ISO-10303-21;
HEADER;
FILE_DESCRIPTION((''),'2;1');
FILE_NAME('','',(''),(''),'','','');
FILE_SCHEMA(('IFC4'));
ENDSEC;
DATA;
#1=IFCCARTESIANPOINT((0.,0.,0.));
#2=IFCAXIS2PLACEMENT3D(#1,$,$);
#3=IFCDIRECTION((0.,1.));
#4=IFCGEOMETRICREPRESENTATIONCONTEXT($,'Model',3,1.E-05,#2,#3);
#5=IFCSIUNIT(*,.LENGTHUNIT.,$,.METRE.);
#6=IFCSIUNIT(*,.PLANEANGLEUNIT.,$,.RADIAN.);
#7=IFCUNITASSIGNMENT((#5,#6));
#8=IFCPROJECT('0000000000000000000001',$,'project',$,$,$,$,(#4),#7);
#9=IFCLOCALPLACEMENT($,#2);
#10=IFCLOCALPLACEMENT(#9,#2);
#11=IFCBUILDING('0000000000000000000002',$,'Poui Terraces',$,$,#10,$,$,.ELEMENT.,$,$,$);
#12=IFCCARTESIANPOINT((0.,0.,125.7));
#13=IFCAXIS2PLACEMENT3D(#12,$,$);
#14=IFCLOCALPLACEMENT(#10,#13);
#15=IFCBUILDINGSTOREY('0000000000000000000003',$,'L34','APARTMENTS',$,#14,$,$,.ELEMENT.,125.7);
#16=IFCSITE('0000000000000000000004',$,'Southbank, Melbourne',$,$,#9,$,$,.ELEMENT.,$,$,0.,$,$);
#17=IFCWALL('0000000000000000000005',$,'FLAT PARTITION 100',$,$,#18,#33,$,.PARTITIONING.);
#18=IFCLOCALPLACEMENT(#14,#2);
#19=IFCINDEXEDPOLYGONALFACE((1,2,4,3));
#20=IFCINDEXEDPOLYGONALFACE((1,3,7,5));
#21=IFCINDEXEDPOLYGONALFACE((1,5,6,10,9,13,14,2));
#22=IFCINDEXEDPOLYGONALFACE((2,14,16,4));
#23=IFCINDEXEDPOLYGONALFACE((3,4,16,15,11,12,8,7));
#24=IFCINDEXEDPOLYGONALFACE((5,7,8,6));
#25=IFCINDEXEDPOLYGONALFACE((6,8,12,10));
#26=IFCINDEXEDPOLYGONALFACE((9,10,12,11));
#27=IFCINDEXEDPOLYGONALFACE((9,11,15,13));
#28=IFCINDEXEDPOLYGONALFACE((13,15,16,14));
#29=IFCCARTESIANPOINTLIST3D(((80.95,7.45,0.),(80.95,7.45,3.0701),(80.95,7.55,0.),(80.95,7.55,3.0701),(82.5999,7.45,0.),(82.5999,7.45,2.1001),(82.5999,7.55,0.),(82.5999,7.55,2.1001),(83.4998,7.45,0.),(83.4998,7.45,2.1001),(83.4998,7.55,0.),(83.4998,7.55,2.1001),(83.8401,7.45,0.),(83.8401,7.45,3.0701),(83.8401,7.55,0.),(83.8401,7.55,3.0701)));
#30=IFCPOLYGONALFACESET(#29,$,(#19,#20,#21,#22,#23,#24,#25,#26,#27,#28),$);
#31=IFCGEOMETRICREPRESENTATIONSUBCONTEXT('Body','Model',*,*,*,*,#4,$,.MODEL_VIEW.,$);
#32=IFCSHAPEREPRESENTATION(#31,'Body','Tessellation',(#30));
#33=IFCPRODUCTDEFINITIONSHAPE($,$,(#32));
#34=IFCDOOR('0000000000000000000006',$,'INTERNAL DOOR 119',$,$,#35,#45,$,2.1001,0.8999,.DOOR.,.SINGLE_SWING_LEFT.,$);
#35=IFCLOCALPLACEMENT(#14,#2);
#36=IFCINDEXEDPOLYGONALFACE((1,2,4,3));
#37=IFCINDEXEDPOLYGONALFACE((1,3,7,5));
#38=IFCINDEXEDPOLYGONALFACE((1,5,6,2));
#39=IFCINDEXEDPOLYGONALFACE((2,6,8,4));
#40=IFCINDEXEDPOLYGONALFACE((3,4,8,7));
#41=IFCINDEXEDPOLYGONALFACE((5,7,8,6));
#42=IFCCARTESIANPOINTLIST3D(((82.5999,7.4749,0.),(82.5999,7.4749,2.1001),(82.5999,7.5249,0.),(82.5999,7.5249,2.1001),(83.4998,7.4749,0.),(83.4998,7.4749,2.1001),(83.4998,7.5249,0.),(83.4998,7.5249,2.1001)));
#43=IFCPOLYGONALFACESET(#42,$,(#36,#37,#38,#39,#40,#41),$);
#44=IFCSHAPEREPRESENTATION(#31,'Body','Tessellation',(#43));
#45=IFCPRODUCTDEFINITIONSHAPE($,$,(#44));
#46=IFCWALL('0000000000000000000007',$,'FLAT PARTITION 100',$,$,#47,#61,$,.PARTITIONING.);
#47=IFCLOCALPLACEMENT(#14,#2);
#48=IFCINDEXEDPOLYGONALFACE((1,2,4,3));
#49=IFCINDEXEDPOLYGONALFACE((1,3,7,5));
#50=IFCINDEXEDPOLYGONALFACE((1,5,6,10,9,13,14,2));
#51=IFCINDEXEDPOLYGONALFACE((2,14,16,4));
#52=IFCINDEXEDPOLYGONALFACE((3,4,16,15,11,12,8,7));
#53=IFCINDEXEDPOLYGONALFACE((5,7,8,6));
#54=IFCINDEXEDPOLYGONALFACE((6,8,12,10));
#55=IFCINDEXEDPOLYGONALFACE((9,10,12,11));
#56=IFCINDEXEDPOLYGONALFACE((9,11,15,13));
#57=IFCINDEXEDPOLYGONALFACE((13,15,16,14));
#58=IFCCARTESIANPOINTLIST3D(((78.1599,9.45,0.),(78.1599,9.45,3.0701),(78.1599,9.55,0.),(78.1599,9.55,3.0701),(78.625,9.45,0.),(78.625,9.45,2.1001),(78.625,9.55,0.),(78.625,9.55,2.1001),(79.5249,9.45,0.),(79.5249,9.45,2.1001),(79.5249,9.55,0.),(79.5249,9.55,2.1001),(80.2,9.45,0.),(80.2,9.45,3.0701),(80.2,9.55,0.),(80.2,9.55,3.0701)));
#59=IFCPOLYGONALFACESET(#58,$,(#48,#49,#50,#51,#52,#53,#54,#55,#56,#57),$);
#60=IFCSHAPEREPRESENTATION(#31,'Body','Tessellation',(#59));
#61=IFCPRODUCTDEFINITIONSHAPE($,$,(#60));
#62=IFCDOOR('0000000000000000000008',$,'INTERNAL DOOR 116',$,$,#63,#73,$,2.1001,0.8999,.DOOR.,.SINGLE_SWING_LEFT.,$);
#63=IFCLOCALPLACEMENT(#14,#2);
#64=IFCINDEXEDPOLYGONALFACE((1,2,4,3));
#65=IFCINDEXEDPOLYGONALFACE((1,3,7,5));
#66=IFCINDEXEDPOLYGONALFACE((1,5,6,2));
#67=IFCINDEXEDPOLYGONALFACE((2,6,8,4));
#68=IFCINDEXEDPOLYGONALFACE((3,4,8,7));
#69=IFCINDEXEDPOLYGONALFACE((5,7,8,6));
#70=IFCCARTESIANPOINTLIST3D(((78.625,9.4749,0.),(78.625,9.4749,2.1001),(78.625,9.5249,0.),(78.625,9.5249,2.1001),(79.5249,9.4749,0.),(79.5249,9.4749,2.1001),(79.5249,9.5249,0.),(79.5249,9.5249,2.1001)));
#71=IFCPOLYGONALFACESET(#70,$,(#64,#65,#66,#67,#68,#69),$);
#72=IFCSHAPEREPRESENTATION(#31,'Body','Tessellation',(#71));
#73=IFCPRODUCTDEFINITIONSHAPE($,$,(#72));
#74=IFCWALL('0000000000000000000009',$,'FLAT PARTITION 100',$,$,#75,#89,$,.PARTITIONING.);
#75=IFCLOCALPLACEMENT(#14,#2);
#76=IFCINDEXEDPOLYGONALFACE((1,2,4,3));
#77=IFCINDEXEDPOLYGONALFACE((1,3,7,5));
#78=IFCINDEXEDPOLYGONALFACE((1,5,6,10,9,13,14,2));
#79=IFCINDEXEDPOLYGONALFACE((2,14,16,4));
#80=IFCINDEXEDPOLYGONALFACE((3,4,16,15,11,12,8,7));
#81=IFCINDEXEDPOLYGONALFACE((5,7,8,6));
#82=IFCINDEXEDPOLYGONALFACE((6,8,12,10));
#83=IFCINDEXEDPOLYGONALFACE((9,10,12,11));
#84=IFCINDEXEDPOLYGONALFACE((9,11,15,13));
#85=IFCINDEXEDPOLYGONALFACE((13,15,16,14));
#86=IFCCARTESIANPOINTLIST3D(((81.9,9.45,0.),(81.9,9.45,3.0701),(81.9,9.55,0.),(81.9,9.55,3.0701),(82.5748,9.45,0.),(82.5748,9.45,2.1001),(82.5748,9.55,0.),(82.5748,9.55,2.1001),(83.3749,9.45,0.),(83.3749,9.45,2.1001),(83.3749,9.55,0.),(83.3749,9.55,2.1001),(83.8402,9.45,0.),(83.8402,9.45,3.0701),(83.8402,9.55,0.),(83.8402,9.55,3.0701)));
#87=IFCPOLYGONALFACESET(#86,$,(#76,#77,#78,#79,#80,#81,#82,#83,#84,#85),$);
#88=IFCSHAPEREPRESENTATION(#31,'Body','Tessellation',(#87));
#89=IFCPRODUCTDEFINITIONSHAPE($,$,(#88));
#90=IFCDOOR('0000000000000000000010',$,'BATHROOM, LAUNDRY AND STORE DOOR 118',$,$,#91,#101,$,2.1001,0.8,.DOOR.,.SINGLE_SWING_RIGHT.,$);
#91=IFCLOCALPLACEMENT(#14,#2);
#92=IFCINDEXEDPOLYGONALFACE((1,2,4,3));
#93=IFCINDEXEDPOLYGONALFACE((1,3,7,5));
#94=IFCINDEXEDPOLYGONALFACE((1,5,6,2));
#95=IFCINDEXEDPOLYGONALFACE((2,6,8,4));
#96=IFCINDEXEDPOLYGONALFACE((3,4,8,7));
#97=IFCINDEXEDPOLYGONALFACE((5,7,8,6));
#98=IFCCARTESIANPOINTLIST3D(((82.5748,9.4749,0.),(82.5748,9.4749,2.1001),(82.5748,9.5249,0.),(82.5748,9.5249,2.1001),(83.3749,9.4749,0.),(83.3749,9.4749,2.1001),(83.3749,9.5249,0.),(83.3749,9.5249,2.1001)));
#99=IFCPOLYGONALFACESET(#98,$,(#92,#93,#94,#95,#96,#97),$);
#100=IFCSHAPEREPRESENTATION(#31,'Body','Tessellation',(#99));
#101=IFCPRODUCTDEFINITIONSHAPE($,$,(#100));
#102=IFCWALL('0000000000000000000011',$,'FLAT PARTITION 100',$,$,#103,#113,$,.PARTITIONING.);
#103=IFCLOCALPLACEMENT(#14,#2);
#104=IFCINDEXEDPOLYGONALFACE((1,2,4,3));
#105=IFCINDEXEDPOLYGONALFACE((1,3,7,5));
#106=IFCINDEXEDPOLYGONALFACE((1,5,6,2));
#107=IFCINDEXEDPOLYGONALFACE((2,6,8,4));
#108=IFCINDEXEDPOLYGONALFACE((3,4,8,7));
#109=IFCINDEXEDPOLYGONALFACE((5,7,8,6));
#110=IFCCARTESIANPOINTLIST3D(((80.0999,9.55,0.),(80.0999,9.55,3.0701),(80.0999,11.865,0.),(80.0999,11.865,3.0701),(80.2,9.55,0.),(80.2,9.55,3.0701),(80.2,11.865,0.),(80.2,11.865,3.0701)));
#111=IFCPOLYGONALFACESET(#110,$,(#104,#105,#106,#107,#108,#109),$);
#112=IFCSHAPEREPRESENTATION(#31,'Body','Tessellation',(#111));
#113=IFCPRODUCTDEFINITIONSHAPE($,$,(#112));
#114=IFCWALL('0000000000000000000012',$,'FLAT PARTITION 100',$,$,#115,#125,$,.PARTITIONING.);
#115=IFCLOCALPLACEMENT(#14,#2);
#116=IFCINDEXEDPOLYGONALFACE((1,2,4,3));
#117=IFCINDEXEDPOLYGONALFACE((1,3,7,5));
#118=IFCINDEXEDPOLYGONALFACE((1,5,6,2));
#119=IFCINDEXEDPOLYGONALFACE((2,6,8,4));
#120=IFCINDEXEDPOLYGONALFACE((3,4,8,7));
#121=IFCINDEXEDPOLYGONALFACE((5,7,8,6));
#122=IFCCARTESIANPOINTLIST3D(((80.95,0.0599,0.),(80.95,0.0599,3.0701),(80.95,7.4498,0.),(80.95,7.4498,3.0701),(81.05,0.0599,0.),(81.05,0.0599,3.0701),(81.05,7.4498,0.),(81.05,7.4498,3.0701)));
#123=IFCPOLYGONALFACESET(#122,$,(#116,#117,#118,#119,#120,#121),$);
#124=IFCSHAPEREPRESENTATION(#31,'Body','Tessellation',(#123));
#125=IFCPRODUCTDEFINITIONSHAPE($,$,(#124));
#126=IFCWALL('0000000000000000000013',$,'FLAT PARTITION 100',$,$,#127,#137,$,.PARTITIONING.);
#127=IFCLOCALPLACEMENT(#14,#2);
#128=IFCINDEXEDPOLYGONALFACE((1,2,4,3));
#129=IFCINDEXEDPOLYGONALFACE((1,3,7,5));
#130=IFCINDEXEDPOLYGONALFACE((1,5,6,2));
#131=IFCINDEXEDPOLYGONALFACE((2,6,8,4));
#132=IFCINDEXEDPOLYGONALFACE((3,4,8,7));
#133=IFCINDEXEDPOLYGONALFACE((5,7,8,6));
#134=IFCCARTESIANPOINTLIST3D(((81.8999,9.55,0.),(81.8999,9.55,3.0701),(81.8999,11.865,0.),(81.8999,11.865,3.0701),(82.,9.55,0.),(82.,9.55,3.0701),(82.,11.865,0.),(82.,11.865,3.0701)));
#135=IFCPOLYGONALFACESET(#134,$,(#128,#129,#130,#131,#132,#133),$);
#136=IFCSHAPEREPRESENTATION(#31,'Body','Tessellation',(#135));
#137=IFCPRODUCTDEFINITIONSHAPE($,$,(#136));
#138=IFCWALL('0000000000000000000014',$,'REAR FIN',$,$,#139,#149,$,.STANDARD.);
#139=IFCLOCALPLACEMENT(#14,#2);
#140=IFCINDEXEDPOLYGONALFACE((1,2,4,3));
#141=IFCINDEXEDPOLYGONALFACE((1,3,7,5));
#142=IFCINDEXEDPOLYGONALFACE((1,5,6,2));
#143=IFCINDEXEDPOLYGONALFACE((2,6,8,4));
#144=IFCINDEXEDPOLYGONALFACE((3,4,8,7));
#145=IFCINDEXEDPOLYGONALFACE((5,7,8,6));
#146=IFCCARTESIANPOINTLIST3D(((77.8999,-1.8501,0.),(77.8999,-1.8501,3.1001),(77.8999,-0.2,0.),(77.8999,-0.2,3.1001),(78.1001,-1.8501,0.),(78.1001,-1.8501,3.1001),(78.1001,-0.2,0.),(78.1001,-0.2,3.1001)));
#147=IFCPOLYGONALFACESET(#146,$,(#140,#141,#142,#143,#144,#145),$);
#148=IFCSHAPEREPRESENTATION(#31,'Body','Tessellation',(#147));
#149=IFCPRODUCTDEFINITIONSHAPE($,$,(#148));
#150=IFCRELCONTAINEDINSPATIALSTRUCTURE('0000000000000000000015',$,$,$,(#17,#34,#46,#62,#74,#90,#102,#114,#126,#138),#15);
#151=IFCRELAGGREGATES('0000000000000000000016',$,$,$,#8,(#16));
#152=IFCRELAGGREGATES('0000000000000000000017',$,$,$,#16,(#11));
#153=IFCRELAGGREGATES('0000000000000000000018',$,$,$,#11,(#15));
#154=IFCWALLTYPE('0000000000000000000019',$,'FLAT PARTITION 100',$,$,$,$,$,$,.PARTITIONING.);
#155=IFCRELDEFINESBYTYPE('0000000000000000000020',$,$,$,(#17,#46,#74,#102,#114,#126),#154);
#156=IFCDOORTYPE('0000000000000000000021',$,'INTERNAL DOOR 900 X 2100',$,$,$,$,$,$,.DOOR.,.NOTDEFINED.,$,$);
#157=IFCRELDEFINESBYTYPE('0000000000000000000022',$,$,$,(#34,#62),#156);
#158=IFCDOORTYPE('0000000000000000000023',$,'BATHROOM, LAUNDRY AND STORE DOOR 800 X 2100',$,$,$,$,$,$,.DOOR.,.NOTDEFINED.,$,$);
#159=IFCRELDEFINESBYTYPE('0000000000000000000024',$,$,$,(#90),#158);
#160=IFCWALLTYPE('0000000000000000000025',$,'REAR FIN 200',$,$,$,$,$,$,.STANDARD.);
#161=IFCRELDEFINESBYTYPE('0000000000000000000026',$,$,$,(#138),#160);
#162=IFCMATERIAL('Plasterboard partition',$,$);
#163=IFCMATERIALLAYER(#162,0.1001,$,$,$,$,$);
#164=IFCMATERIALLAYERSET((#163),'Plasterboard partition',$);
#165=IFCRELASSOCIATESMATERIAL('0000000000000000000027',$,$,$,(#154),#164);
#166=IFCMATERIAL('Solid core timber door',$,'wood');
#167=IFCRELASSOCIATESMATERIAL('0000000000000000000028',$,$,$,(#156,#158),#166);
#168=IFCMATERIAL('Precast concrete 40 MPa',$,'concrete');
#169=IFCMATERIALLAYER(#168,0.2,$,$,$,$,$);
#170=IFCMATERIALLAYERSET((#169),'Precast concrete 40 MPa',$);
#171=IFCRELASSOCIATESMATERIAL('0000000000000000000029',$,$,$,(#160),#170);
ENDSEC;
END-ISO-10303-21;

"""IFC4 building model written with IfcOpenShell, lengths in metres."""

from ifc_helpers import new_model, si_unit, direction, frame, frame_2d, origin, place, context, subcontext, project, spatial, polyline, rectangle, outline, extrude, source, transform, mapped, material, layer, layer_set, type_object, element, fill, save


model = new_model("IFC4")

# Units and contexts
model_context = context("Model", 3, precision=1e-05, world=origin(), true_north=direction((0.0, 1.0)))
body_context = subcontext(model_context, "Body", "Model", "MODEL_VIEW")
ifc_project = project(units=[si_unit("LENGTHUNIT", "METRE"), si_unit("PLANEANGLEUNIT", "RADIAN")], contexts=[model_context])

# Site, building, storey
site_placement = place(None, origin())
site = spatial("IfcSite", under=ifc_project, at=site_placement, Name="Southbank, Melbourne", CompositionType="ELEMENT", RefElevation=0.0)
building_placement = place(site_placement, origin())
building = spatial("IfcBuilding", under=site, at=building_placement, Name="Poui Terraces", CompositionType="ELEMENT")
storey_placement = place(building_placement, frame((0.0, 0.0, 125.7)))
storey = spatial("IfcBuildingStorey", under=building, at=storey_placement, Name="L34", Description="APARTMENTS", CompositionType="ELEMENT", Elevation=125.7)

# Walls, openings, doors
ifc_material_1 = material(Name="Plasterboard partition")
ifc_layer_1 = layer(ifc_material_1, 0.1001)
ifc_layer_set_1 = layer_set([ifc_layer_1], Name="Plasterboard partition")
wall_type_1 = type_object("IfcWallType", Name="FLAT PARTITION 100", PredefinedType="PARTITIONING", material=ifc_layer_set_1)
wall_1_placement = place(storey_placement, frame((80.95, 7.5, 0.0), z_axis=(0.0, 0.0, 1.0), x_axis=(1.0, 0.0, 0.0)))
wall_1 = element("IfcWall", 1, at=wall_1_placement, inside=storey, type_object=wall_type_1, Name="FLAT PARTITION 100", PredefinedType="PARTITIONING", context=body_context, shape_type="SweptSolid", body=[
    extrude(rectangle(XDim=2.8901, YDim=0.1001, at=frame_2d((1.4451, 0.0))), origin(), (0.0, 0.0, 1.0), 3.0701),
])
opening_1_placement = place(wall_1_placement, frame((1.6499, 0.0, 0.0)))
opening_1 = element("IfcOpeningElement", 2, at=opening_1_placement, cuts=wall_1, PredefinedType="OPENING", context=body_context, shape_type="SweptSolid", body=[
    extrude(rectangle(XDim=0.8999, YDim=2.1001, at=frame_2d((0.45, 1.05))), frame((0.0, 0.0601, 0.0), z_axis=(0.0, -1.0, 0.0), x_axis=(1.0, 0.0, 0.0)), (0.0, 0.0, 1.0), 0.1201),
])
ifc_material_2 = material(Name="Solid core timber door", Category="wood")
door_type_1 = type_object("IfcDoorType", Name="INTERNAL DOOR 900 X 2100", OperationType="NOTDEFINED", PredefinedType="DOOR", material=ifc_material_2)
door_1_placement = place(opening_1_placement, origin())
door_1 = element("IfcDoor", 3, at=door_1_placement, inside=storey, type_object=door_type_1, Name="INTERNAL DOOR 119", OperationType="SINGLE_SWING_LEFT", OverallHeight=2.1001, OverallWidth=0.8999, PredefinedType="DOOR", context=body_context, shape_type="SweptSolid", body=[
    extrude(rectangle(XDim=0.8999, YDim=2.1001, at=frame_2d((0.45, 1.05))), frame((0.0, 0.0249, 0.0), z_axis=(0.0, -1.0, 0.0), x_axis=(1.0, 0.0, 0.0)), (0.0, 0.0, 1.0), 0.05),
])
fill(opening_1, door_1)
wall_2_placement = place(storey_placement, frame((78.1599, 9.5, 0.0), z_axis=(0.0, 0.0, 1.0), x_axis=(1.0, 0.0, 0.0)))
wall_2 = element("IfcWall", 4, at=wall_2_placement, inside=storey, type_object=wall_type_1, Name="FLAT PARTITION 100", PredefinedType="PARTITIONING", context=body_context, shape_type="SweptSolid", body=[
    extrude(rectangle(XDim=2.04, YDim=0.1001, at=frame_2d((1.02, 0.0))), origin(), (0.0, 0.0, 1.0), 3.0701),
])
opening_2_placement = place(wall_2_placement, frame((0.4651, 0.0, 0.0)))
opening_2 = element("IfcOpeningElement", 5, at=opening_2_placement, cuts=wall_2, PredefinedType="OPENING", context=body_context, shape_type="SweptSolid", body=[
    extrude(rectangle(XDim=0.8999, YDim=2.1001, at=frame_2d((0.45, 1.05))), frame((0.0, 0.0601, 0.0), z_axis=(0.0, -1.0, 0.0), x_axis=(1.0, 0.0, 0.0)), (0.0, 0.0, 1.0), 0.1201),
])
door_2_placement = place(opening_2_placement, origin())
door_2 = element("IfcDoor", 6, at=door_2_placement, inside=storey, type_object=door_type_1, Name="INTERNAL DOOR 116", OperationType="SINGLE_SWING_LEFT", OverallHeight=2.1001, OverallWidth=0.8999, PredefinedType="DOOR", context=body_context, shape_type="SweptSolid", body=[
    extrude(rectangle(XDim=0.8999, YDim=2.1001, at=frame_2d((0.45, 1.05))), frame((0.0, 0.0249, 0.0), z_axis=(0.0, -1.0, 0.0), x_axis=(1.0, 0.0, 0.0)), (0.0, 0.0, 1.0), 0.05),
])
fill(opening_2, door_2)
wall_3_placement = place(storey_placement, frame((81.8999, 9.5, 0.0), z_axis=(0.0, 0.0, 1.0), x_axis=(1.0, 0.0, 0.0)))
wall_3 = element("IfcWall", 7, at=wall_3_placement, inside=storey, type_object=wall_type_1, Name="FLAT PARTITION 100", PredefinedType="PARTITIONING", context=body_context, shape_type="SweptSolid", body=[
    extrude(rectangle(XDim=1.9402, YDim=0.1001, at=frame_2d((0.9702, 0.0))), origin(), (0.0, 0.0, 1.0), 3.0701),
])
opening_3_placement = place(wall_3_placement, frame((0.675, 0.0, 0.0)))
opening_3 = element("IfcOpeningElement", 8, at=opening_3_placement, cuts=wall_3, PredefinedType="OPENING", context=body_context, shape_type="SweptSolid", body=[
    extrude(rectangle(XDim=0.8, YDim=2.1001, at=frame_2d((0.3999, 1.05))), frame((0.0, 0.0601, 0.0), z_axis=(0.0, -1.0, 0.0), x_axis=(1.0, 0.0, 0.0)), (0.0, 0.0, 1.0), 0.1201),
])
door_type_2 = type_object("IfcDoorType", Name="BATHROOM, LAUNDRY AND STORE DOOR 800 X 2100", OperationType="NOTDEFINED", PredefinedType="DOOR", material=ifc_material_2)
door_3_placement = place(opening_3_placement, origin())
door_3 = element("IfcDoor", 9, at=door_3_placement, inside=storey, type_object=door_type_2, Name="BATHROOM, LAUNDRY AND STORE DOOR 118", OperationType="SINGLE_SWING_RIGHT", OverallHeight=2.1001, OverallWidth=0.8, PredefinedType="DOOR", context=body_context, shape_type="SweptSolid", body=[
    extrude(rectangle(XDim=0.8, YDim=2.1001, at=frame_2d((0.3999, 1.05))), frame((0.0, 0.0249, 0.0), z_axis=(0.0, -1.0, 0.0), x_axis=(1.0, 0.0, 0.0)), (0.0, 0.0, 1.0), 0.05),
])
fill(opening_3, door_3)

# Walls
wall_4_placement = place(storey_placement, frame((80.1499, 9.55, 0.0), z_axis=(0.0, 0.0, 1.0), x_axis=(0.0, 1.0, 0.0)))
element("IfcWall", 10, at=wall_4_placement, inside=storey, type_object=wall_type_1, Name="FLAT PARTITION 100", PredefinedType="PARTITIONING", context=body_context, shape_type="SweptSolid", body=[
    extrude(rectangle(XDim=2.3149, YDim=0.1001, at=frame_2d((1.1575, 0.0))), origin(), (0.0, 0.0, 1.0), 3.0701),
])
wall_5_placement = place(storey_placement, frame((81.0, 0.0601, 0.0), z_axis=(0.0, 0.0, 1.0), x_axis=(0.0, 1.0, 0.0)))
element("IfcWall", 11, at=wall_5_placement, inside=storey, type_object=wall_type_1, Name="FLAT PARTITION 100", PredefinedType="PARTITIONING", context=body_context, shape_type="SweptSolid", body=[
    extrude(rectangle(XDim=7.3899, YDim=0.1001, at=frame_2d((3.6948, 0.0))), origin(), (0.0, 0.0, 1.0), 3.0701),
])
wall_6_placement = place(storey_placement, frame((81.95, 9.55, 0.0), z_axis=(0.0, 0.0, 1.0), x_axis=(0.0, 1.0, 0.0)))
element("IfcWall", 12, at=wall_6_placement, inside=storey, type_object=wall_type_1, Name="FLAT PARTITION 100", PredefinedType="PARTITIONING", context=body_context, shape_type="SweptSolid", body=[
    extrude(rectangle(XDim=2.3149, YDim=0.1001, at=frame_2d((1.1575, 0.0))), origin(), (0.0, 0.0, 1.0), 3.0701),
])
ifc_material_3 = material(Name="Precast concrete 40 MPa", Category="concrete")
ifc_layer_2 = layer(ifc_material_3, 0.2)
ifc_layer_set_2 = layer_set([ifc_layer_2], Name="Precast concrete 40 MPa")
wall_type_2 = type_object("IfcWallType", Name="REAR FIN 200", PredefinedType="STANDARD", material=ifc_layer_set_2)
shared_shape = source(origin(), body_context, "Body", "SweptSolid", [
    extrude(outline(polyline([(0.0, 0.0), (0.2002, 0.0), (0.2002, 1.6501), (0.0, 1.6501), (0.0, 0.0)])), origin(), (0.0, 0.0, 1.0), 3.1001),
])
wall_7_placement = place(storey_placement, frame((77.8999, -1.8501, 0.0)))
element("IfcWall", 13, at=wall_7_placement, inside=storey, type_object=wall_type_2, Name="REAR FIN", PredefinedType="STANDARD", context=body_context, shape_type="MappedRepresentation", body=[
    mapped(shared_shape, transform((0.0, 0.0, 0.0))),
])

save(model, "model.ifc")
